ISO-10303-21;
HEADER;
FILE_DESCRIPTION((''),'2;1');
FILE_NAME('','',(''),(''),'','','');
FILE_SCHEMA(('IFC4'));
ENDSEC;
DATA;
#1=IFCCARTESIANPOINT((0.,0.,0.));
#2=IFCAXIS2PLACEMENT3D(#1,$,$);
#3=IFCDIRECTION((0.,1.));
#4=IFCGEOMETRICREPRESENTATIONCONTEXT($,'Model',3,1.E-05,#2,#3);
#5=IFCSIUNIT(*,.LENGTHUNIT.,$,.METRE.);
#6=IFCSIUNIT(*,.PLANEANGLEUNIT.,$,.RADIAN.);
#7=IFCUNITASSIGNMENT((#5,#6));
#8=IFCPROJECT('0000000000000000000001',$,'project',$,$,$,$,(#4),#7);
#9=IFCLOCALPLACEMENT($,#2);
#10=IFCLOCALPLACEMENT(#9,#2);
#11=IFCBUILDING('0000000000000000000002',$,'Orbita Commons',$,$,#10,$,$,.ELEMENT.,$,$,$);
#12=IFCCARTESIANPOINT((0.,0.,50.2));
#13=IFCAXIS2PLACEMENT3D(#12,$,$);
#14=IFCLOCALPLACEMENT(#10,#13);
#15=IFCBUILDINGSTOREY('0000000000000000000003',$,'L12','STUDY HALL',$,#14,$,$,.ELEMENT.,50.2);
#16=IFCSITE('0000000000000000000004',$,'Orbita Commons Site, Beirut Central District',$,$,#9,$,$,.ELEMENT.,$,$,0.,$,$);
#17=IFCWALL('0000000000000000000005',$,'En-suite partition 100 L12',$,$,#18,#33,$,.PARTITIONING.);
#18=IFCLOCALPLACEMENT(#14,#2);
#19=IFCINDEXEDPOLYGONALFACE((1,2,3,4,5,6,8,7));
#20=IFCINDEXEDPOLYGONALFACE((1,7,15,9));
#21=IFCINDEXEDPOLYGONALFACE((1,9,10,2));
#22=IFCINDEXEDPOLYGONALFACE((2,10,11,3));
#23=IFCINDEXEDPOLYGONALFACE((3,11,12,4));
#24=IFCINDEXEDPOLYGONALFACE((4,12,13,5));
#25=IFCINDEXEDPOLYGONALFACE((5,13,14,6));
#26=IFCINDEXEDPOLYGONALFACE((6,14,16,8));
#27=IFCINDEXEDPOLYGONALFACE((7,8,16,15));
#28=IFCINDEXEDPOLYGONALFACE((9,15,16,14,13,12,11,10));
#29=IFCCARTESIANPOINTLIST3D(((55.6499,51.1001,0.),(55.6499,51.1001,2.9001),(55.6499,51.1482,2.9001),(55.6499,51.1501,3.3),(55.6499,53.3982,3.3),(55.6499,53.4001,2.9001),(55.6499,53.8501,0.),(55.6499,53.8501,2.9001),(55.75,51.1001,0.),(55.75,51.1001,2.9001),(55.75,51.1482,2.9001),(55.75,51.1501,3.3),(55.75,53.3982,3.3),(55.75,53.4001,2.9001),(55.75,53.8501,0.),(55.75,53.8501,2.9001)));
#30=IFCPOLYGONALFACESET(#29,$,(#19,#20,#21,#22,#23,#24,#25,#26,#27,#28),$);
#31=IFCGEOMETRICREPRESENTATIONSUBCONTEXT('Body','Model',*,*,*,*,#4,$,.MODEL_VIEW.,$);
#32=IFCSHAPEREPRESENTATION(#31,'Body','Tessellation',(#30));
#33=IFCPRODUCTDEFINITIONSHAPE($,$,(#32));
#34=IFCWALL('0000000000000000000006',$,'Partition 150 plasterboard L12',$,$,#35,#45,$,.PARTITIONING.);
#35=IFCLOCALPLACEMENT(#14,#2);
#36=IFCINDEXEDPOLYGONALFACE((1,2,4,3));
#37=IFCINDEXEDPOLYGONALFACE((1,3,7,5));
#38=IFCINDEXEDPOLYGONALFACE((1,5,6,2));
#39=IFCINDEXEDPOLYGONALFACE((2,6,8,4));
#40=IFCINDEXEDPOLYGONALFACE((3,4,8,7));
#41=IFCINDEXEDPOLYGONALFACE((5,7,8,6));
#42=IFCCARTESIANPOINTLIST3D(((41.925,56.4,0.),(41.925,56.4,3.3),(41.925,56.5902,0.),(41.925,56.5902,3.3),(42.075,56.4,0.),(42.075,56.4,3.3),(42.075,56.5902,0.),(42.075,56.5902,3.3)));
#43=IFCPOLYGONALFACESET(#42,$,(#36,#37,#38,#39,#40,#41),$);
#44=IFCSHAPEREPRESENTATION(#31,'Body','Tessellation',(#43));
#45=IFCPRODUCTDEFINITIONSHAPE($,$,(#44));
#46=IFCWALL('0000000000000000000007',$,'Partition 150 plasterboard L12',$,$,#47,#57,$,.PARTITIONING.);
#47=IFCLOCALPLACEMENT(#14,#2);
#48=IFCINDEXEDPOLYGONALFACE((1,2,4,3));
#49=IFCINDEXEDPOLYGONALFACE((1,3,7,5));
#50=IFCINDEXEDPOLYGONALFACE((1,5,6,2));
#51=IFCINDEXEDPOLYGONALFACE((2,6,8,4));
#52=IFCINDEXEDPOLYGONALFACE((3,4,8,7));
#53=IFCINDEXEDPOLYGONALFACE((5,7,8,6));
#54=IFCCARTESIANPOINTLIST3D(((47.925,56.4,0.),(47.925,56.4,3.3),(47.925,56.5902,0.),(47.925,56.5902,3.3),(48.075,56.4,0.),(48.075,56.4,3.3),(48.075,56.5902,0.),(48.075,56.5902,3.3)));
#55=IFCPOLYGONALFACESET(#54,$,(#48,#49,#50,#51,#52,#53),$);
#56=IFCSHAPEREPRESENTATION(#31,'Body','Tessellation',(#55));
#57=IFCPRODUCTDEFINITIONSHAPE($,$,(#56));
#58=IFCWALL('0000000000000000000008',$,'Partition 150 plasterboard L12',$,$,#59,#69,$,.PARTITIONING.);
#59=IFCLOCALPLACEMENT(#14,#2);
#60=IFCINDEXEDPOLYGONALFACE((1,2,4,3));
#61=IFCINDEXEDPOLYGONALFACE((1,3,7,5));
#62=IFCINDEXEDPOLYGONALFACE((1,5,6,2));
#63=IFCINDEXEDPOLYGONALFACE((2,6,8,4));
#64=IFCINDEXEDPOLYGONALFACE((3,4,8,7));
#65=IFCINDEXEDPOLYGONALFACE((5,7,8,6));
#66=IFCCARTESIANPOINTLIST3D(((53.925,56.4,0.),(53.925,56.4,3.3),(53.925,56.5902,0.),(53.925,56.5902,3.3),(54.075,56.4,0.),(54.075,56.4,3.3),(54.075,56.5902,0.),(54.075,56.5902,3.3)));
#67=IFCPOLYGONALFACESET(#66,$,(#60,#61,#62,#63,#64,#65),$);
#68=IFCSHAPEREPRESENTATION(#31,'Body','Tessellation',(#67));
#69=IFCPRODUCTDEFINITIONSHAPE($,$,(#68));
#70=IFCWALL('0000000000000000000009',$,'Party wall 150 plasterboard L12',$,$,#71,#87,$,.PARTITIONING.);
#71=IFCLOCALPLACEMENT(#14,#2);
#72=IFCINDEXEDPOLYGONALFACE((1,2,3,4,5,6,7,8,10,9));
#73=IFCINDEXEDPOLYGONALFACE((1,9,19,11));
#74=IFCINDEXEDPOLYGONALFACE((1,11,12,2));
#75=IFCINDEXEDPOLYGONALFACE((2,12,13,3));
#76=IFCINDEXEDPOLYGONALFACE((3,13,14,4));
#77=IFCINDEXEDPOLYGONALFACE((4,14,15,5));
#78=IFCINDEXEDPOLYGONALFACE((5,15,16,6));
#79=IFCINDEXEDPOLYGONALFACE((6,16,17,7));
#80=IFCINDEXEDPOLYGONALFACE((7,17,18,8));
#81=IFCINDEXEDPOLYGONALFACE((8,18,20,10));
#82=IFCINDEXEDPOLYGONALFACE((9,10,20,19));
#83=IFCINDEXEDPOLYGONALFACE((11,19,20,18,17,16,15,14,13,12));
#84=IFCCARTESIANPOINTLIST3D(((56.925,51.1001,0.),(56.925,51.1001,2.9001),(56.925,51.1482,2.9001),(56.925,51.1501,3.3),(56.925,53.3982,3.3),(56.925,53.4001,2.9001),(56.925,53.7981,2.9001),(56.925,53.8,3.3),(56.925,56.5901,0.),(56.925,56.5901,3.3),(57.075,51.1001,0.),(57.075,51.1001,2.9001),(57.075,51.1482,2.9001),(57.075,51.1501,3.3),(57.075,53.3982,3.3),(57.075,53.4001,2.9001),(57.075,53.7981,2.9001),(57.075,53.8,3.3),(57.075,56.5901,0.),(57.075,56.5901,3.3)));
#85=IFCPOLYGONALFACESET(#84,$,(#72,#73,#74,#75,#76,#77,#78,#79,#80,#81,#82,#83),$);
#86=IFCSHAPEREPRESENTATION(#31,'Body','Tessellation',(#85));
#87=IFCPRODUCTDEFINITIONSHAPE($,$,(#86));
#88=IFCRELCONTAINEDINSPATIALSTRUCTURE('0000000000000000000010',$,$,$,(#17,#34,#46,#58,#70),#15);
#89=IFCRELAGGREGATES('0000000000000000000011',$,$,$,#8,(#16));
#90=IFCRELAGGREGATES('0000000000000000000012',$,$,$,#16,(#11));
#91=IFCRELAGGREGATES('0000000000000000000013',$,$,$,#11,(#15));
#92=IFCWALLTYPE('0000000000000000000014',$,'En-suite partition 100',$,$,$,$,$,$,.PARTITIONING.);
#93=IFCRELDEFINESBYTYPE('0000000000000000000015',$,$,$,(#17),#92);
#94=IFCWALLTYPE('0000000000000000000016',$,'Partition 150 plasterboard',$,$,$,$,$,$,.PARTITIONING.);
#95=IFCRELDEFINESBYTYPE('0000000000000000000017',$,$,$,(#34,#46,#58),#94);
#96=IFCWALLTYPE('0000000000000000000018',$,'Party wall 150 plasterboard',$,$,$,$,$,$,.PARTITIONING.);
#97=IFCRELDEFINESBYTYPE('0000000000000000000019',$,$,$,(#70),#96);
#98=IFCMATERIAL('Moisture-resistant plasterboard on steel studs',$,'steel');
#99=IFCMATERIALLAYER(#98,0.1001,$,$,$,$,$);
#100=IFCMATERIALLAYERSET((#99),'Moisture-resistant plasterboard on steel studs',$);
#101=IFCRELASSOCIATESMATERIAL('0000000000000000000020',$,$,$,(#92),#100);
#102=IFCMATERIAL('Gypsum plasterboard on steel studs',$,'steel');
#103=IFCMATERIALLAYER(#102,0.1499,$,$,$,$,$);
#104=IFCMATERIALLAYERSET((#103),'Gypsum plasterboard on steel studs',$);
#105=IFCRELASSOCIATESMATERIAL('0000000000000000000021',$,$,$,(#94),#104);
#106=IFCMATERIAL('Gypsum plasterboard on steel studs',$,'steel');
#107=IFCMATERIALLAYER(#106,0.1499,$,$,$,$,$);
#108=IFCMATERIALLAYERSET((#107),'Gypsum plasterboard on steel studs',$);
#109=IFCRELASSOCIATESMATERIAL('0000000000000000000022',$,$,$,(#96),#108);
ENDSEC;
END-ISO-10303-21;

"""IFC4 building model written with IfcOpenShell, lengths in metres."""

from ifc_helpers import new_model, si_unit, direction, frame, frame_2d, origin, place, context, subcontext, project, spatial, polyline, rectangle, outline, extrude, material, layer, layer_set, type_object, element, save


model = new_model("IFC4")

# Units and contexts
model_context = context("Model", 3, precision=1e-05, world=origin(), true_north=direction((0.0, 1.0)))
body_context = subcontext(model_context, "Body", "Model", "MODEL_VIEW")
ifc_project = project(units=[si_unit("LENGTHUNIT", "METRE"), si_unit("PLANEANGLEUNIT", "RADIAN")], contexts=[model_context])

# Site, building, storey
site_placement = place(None, origin())
site = spatial("IfcSite", under=ifc_project, at=site_placement, Name="Orbita Commons Site, Beirut Central District", CompositionType="ELEMENT", RefElevation=0.0)
building_placement = place(site_placement, origin())
building = spatial("IfcBuilding", under=site, at=building_placement, Name="Orbita Commons", CompositionType="ELEMENT")
storey_placement = place(building_placement, frame((0.0, 0.0, 50.2)))
storey = spatial("IfcBuildingStorey", under=building, at=storey_placement, Name="L12", Description="STUDY HALL", CompositionType="ELEMENT", Elevation=50.2)

# Shared definitions
ifc_material_1 = material(Name="Moisture-resistant plasterboard on steel studs", Category="steel")
ifc_layer_1 = layer(ifc_material_1, 0.1001)
ifc_layer_set_1 = layer_set([ifc_layer_1], Name="Moisture-resistant plasterboard on steel studs")
wall_type_1 = type_object("IfcWallType", Name="En-suite partition 100", PredefinedType="PARTITIONING", material=ifc_layer_set_1)

# Walls
wall_1_placement = place(storey_placement, frame((55.7, 53.8501, 0.0), z_axis=(0.0, 0.0, 1.0), x_axis=(0.0, -1.0, 0.0)))
element("IfcWall", 1, at=wall_1_placement, inside=storey, type_object=wall_type_1, Name="En-suite partition 100 L12", PredefinedType="PARTITIONING", context=body_context, shape_type="SweptSolid", body=[
    extrude(outline(polyline([(0.0, 0.0), (2.75, 0.0), (2.75, 2.9001), (2.7019, 2.9001), (2.7, 3.3), (0.4519, 3.3), (0.45, 2.9001), (0.0, 2.9001), (0.0, 0.0)])), frame((0.0, 0.05, 0.0), z_axis=(0.0, -1.0, 0.0), x_axis=(1.0, 0.0, 0.0)), (0.0, 0.0, 1.0), 0.1001),
])
ifc_material_2 = material(Name="Gypsum plasterboard on steel studs", Category="steel")
ifc_layer_2 = layer(ifc_material_2, 0.1499)
ifc_layer_set_2 = layer_set([ifc_layer_2], Name="Gypsum plasterboard on steel studs")
wall_type_2 = type_object("IfcWallType", Name="Partition 150 plasterboard", PredefinedType="PARTITIONING", material=ifc_layer_set_2)
for number, where, z_axis, x_axis, name in (
    (2, (42.0, 56.3999, 0.0), (0.0, 0.0, 1.0), (0.0, 1.0, 0.0), "Partition 150 plasterboard L12"),
    (3, (48.0, 56.3999, 0.0), (0.0, 0.0, 1.0), (0.0, 1.0, 0.0), "Partition 150 plasterboard L12"),
    (4, (54.0, 56.3999, 0.0), (0.0, 0.0, 1.0), (0.0, 1.0, 0.0), "Partition 150 plasterboard L12"),
):
    element("IfcWall", number, at=place(storey_placement, frame(where, z_axis=z_axis, x_axis=x_axis)), inside=storey, type_object=wall_type_2, Name=name, PredefinedType="PARTITIONING", context=body_context, shape_type="SweptSolid", body=[
        extrude(rectangle(XDim=0.1902, YDim=0.1499, at=frame_2d((0.0952, 0.0))), origin(), (0.0, 0.0, 1.0), 3.3),
    ])
ifc_material_3 = material(Name="Gypsum plasterboard on steel studs", Category="steel")
ifc_layer_3 = layer(ifc_material_3, 0.1499)
ifc_layer_set_3 = layer_set([ifc_layer_3], Name="Gypsum plasterboard on steel studs")
wall_type_3 = type_object("IfcWallType", Name="Party wall 150 plasterboard", PredefinedType="PARTITIONING", material=ifc_layer_set_3)
wall_2_placement = place(storey_placement, frame((57.0, 56.5901, 0.0), z_axis=(0.0, 0.0, 1.0), x_axis=(0.0, -1.0, 0.0)))
element("IfcWall", 5, at=wall_2_placement, inside=storey, type_object=wall_type_3, Name="Party wall 150 plasterboard L12", PredefinedType="PARTITIONING", context=body_context, shape_type="SweptSolid", body=[
    extrude(outline(polyline([(0.0, 0.0), (5.49, 0.0), (5.49, 2.9001), (5.4419, 2.9001), (5.4399, 3.3), (3.1919, 3.3), (3.1899, 2.9001), (2.792, 2.9001), (2.79, 3.3), (0.0, 3.3), (0.0, 0.0)])), frame((0.0, 0.075, 0.0), z_axis=(0.0, -1.0, 0.0), x_axis=(1.0, 0.0, 0.0)), (0.0, 0.0, 1.0), 0.1499),
])

save(model, "model.ifc")
